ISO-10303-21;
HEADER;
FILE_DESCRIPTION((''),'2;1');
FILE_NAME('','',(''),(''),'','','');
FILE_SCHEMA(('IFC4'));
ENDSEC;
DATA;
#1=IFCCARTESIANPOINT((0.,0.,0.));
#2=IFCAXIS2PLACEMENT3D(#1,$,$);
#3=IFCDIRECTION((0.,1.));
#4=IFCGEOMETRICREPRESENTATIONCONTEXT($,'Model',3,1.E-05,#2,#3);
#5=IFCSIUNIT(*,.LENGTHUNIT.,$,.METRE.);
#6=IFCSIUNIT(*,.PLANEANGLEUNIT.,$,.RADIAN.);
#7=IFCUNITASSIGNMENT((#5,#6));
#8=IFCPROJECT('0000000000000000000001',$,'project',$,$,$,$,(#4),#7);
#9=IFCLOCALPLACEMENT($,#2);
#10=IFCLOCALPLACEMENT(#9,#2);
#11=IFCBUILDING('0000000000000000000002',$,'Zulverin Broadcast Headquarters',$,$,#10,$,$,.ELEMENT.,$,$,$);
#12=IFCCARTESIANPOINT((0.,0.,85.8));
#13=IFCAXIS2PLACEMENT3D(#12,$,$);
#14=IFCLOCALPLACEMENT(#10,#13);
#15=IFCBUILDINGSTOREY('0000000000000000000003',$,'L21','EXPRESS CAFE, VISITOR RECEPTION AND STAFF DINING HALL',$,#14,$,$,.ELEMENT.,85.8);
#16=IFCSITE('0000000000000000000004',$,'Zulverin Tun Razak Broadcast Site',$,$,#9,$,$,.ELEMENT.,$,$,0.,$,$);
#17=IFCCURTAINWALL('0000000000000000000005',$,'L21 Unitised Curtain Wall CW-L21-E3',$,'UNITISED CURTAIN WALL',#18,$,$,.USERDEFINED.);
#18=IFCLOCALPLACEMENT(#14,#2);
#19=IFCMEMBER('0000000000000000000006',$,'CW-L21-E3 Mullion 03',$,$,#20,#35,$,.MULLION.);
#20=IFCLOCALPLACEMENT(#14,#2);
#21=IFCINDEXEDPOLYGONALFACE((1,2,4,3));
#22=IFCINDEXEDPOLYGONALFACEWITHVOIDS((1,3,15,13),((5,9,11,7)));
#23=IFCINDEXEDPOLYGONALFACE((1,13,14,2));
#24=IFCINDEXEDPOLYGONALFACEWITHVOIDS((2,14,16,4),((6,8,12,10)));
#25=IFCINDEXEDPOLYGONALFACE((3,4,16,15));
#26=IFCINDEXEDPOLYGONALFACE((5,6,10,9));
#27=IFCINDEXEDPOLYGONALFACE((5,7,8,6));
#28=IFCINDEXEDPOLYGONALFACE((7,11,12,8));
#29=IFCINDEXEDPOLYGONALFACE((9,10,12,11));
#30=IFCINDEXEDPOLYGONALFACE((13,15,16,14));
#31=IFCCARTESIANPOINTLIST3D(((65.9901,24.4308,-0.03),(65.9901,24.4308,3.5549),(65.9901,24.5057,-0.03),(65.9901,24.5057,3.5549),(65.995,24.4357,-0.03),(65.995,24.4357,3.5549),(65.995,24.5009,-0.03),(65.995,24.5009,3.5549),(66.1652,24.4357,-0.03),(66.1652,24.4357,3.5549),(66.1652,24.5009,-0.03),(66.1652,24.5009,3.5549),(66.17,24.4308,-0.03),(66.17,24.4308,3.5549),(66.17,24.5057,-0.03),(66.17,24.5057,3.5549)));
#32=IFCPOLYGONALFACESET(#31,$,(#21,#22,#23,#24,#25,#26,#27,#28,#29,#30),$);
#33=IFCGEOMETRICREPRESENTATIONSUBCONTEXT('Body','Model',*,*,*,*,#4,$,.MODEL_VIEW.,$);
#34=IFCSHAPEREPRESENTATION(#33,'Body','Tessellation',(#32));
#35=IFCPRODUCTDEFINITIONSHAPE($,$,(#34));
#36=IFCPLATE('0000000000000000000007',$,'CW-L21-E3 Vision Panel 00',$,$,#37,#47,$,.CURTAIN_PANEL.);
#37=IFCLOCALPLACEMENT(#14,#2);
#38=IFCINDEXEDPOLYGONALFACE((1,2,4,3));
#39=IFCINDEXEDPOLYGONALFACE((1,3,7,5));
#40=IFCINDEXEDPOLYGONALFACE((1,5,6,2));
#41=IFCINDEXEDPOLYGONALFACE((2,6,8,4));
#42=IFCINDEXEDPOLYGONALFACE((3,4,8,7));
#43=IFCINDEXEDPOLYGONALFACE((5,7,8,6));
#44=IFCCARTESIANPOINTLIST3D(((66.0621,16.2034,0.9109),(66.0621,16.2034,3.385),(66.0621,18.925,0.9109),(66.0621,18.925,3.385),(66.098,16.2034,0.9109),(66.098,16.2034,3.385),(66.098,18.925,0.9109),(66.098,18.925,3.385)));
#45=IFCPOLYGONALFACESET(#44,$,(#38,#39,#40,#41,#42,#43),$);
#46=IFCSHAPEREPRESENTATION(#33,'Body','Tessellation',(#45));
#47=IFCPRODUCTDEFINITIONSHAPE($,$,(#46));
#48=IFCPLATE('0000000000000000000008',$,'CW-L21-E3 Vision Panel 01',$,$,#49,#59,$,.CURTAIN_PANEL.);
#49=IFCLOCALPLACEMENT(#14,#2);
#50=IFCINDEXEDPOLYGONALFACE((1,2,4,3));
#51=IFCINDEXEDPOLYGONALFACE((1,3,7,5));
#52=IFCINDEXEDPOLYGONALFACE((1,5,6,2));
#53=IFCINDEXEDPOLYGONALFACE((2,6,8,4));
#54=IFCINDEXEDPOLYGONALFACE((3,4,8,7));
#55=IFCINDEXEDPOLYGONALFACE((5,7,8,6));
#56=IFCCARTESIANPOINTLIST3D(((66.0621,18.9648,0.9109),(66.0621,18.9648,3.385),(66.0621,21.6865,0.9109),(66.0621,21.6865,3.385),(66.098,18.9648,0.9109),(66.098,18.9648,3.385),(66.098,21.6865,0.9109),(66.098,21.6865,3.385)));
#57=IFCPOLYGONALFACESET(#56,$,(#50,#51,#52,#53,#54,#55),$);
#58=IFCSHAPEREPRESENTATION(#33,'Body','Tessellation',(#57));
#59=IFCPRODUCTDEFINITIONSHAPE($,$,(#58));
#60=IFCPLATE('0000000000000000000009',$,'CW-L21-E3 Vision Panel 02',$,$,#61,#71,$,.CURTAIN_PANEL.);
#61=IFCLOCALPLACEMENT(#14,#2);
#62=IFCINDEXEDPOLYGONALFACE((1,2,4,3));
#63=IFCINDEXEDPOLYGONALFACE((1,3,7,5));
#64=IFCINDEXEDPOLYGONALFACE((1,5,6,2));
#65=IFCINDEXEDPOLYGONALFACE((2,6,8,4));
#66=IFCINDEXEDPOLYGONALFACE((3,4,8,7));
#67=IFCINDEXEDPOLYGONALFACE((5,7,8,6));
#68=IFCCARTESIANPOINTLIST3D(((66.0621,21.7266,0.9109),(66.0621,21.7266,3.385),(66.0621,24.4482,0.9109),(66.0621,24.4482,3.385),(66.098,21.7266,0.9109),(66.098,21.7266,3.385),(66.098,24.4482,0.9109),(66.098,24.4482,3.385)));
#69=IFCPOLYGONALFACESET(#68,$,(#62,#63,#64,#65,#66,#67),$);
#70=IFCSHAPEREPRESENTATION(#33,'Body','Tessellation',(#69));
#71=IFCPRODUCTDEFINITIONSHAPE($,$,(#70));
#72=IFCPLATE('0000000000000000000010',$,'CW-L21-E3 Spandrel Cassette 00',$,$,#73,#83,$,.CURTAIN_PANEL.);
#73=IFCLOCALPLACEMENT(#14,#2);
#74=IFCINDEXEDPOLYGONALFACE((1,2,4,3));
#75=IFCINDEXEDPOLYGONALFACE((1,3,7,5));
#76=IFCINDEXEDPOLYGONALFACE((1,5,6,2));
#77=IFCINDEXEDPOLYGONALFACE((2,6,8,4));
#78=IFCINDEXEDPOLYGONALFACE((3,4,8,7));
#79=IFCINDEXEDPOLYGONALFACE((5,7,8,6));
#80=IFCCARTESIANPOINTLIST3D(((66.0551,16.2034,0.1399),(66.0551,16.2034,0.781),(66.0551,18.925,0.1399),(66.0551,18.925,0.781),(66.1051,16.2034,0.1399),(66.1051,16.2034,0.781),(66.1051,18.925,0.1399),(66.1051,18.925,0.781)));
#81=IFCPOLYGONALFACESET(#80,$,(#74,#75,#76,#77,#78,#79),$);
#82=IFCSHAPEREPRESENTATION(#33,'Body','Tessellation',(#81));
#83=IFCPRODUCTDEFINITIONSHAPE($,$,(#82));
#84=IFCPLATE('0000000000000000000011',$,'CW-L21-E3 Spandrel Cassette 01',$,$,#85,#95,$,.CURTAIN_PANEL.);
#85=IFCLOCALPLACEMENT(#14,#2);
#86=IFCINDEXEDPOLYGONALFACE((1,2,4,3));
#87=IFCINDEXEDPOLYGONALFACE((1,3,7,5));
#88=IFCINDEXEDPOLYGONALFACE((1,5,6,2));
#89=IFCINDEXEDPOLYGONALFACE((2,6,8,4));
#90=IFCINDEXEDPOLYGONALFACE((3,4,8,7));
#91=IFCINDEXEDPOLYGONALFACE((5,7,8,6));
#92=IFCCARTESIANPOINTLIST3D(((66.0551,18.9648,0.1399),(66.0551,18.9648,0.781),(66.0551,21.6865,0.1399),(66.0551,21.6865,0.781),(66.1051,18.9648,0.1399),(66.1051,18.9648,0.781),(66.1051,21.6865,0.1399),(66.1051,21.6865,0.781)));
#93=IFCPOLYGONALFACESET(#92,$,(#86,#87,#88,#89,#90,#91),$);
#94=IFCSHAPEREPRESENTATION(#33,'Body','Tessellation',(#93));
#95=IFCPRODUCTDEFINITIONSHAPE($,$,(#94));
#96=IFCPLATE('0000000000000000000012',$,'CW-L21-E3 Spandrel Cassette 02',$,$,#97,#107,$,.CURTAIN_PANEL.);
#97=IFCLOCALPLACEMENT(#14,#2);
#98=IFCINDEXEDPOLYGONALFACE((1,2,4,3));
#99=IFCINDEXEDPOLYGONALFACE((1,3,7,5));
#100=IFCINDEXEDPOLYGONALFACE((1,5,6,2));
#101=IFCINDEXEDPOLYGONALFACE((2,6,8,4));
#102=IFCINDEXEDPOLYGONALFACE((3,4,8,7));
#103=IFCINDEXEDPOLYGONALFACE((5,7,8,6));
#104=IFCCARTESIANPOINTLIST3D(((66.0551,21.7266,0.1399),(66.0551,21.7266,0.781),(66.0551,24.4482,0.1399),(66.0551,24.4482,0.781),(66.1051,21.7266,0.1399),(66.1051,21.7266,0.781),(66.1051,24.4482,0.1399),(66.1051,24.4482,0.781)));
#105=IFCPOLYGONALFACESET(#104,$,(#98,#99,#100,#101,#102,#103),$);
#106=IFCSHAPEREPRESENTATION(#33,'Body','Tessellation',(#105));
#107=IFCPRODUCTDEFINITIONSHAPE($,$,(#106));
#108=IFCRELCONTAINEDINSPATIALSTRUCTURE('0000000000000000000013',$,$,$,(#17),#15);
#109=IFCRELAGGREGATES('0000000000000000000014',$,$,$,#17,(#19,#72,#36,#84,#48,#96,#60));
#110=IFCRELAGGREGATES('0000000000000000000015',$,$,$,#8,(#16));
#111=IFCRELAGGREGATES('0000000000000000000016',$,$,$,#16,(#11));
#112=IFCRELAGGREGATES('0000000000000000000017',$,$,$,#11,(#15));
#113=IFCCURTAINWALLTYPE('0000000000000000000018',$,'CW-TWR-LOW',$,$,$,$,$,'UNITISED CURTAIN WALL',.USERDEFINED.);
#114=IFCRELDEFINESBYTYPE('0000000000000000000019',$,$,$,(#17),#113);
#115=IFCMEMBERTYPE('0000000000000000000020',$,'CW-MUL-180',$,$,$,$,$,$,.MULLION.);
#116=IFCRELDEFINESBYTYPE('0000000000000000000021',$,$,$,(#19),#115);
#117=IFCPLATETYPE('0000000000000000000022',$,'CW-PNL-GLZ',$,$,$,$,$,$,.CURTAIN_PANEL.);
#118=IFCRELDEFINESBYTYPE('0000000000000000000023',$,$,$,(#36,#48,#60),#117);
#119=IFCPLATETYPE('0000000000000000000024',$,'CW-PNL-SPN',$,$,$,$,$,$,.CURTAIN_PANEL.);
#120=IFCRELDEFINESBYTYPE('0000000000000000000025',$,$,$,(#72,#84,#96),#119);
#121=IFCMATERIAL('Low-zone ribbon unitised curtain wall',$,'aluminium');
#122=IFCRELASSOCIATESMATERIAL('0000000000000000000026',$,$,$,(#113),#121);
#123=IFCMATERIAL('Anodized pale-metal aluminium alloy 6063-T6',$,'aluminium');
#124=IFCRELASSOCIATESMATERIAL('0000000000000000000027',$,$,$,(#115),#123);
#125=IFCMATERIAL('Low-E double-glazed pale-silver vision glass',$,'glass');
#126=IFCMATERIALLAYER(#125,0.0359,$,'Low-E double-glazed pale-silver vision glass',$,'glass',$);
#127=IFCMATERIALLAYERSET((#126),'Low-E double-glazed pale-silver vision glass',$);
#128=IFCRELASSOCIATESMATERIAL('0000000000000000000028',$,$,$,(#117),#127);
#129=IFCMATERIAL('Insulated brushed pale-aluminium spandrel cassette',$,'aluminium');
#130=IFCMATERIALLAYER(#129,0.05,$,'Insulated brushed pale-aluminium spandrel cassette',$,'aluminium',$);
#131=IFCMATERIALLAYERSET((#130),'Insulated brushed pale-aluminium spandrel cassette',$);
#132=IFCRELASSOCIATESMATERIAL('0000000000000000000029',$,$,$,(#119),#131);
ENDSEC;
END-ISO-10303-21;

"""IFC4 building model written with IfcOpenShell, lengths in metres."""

from ifc_helpers import new_model, si_unit, direction, frame, origin, origin_2d, place, context, subcontext, project, spatial, rectangle, hollow_rectangle, extrude, material, layer, layer_set, material_profile, profile_set, type_object, element, aggregate, save


model = new_model("IFC4")

# Units and contexts
model_context = context("Model", 3, precision=1e-05, world=origin(), true_north=direction((0.0, 1.0)))
body_context = subcontext(model_context, "Body", "Model", "MODEL_VIEW")
ifc_project = project(units=[si_unit("LENGTHUNIT", "METRE"), si_unit("PLANEANGLEUNIT", "RADIAN")], contexts=[model_context])

# Site, building, storey
site_placement = place(None, origin())
site = spatial("IfcSite", under=ifc_project, at=site_placement, Name="Zulverin Tun Razak Broadcast Site", CompositionType="ELEMENT", RefElevation=0.0)
building_placement = place(site_placement, origin())
building = spatial("IfcBuilding", under=site, at=building_placement, Name="Zulverin Broadcast Headquarters", CompositionType="ELEMENT")
storey_placement = place(building_placement, frame((0.0, 0.0, 85.8)))
storey = spatial("IfcBuildingStorey", under=building, at=storey_placement, Name="L21", Description="EXPRESS CAFE, VISITOR RECEPTION AND STAFF DINING HALL", CompositionType="ELEMENT", Elevation=85.8)

# Curtain wall, member, plates
ifc_material_1 = material(Name="Low-zone ribbon unitised curtain wall", Category="aluminium")
curtain_wall_type = type_object("IfcCurtainWallType", Name="CW-TWR-LOW", ElementType="UNITISED CURTAIN WALL", PredefinedType="USERDEFINED", material=ifc_material_1)
curtain_wall_placement = place(storey_placement, origin())
curtain_wall = element("IfcCurtainWall", 1, at=curtain_wall_placement, inside=storey, type_object=curtain_wall_type, Name="L21 Unitised Curtain Wall CW-L21-E3", ObjectType="UNITISED CURTAIN WALL", PredefinedType="USERDEFINED")
ifc_material_2 = material(Name="Anodized pale-metal aluminium alloy 6063-T6", Category="aluminium")
ifc_material_profile_1 = material_profile(ifc_material_2, hollow_rectangle(XDim=0.075, YDim=0.1799, WallThickness=0.0049, at=origin_2d()), Name="Anodized pale-metal aluminium alloy 6063-T6", Category="aluminium")
ifc_profile_set_1 = profile_set([ifc_material_profile_1], Name="Anodized pale-metal aluminium alloy 6063-T6")
member_type = type_object("IfcMemberType", Name="CW-MUL-180", PredefinedType="MULLION", material=ifc_profile_set_1)
member_1_placement = place(storey_placement, frame((66.0801, 24.4683, -0.03), z_axis=(0.0, 0.0, 1.0), x_axis=(0.0, 1.0, 0.0)))
member_1 = element("IfcMember", 2, at=member_1_placement, type_object=member_type, Name="CW-L21-E3 Mullion 03", PredefinedType="MULLION", context=body_context, shape_type="SweptSolid", body=[
    extrude(hollow_rectangle(XDim=0.075, YDim=0.1799, WallThickness=0.0049, at=origin_2d()), origin(), (0.0, 0.0, 1.0), 3.585),
])
ifc_material_3 = material(Name="Low-E double-glazed pale-silver vision glass", Category="glass")
ifc_layer_1 = layer(ifc_material_3, 0.0359, Name="Low-E double-glazed pale-silver vision glass", Category="glass")
ifc_layer_set_1 = layer_set([ifc_layer_1], Name="Low-E double-glazed pale-silver vision glass")
plate_type_1 = type_object("IfcPlateType", Name="CW-PNL-GLZ", PredefinedType="CURTAIN_PANEL", material=ifc_layer_set_1)
plate_1_placement = place(storey_placement, frame((66.0801, 17.5642, 0.9109), z_axis=(0.0, 0.0, 1.0), x_axis=(0.0, 1.0, 0.0)))
plate_1 = element("IfcPlate", 3, at=plate_1_placement, type_object=plate_type_1, Name="CW-L21-E3 Vision Panel 00", PredefinedType="CURTAIN_PANEL", context=body_context, shape_type="SweptSolid", body=[
    extrude(rectangle(XDim=2.7217, YDim=0.0359, at=origin_2d()), origin(), (0.0, 0.0, 1.0), 2.4741),
])
plate_2_placement = place(storey_placement, frame((66.0801, 20.3257, 0.9109), z_axis=(0.0, 0.0, 1.0), x_axis=(0.0, 1.0, 0.0)))
plate_2 = element("IfcPlate", 4, at=plate_2_placement, type_object=plate_type_1, Name="CW-L21-E3 Vision Panel 01", PredefinedType="CURTAIN_PANEL", context=body_context, shape_type="SweptSolid", body=[
    extrude(rectangle(XDim=2.7217, YDim=0.0359, at=origin_2d()), origin(), (0.0, 0.0, 1.0), 2.4741),
])
plate_3_placement = place(storey_placement, frame((66.0801, 23.0874, 0.9109), z_axis=(0.0, 0.0, 1.0), x_axis=(0.0, 1.0, 0.0)))
plate_3 = element("IfcPlate", 5, at=plate_3_placement, type_object=plate_type_1, Name="CW-L21-E3 Vision Panel 02", PredefinedType="CURTAIN_PANEL", context=body_context, shape_type="SweptSolid", body=[
    extrude(rectangle(XDim=2.7217, YDim=0.0359, at=origin_2d()), origin(), (0.0, 0.0, 1.0), 2.4741),
])
ifc_material_4 = material(Name="Insulated brushed pale-aluminium spandrel cassette", Category="aluminium")
ifc_layer_2 = layer(ifc_material_4, 0.05, Name="Insulated brushed pale-aluminium spandrel cassette", Category="aluminium")
ifc_layer_set_2 = layer_set([ifc_layer_2], Name="Insulated brushed pale-aluminium spandrel cassette")
plate_type_2 = type_object("IfcPlateType", Name="CW-PNL-SPN", PredefinedType="CURTAIN_PANEL", material=ifc_layer_set_2)
plate_4_placement = place(storey_placement, frame((66.0801, 17.5642, 0.1399), z_axis=(0.0, 0.0, 1.0), x_axis=(0.0, 1.0, 0.0)))
plate_4 = element("IfcPlate", 6, at=plate_4_placement, type_object=plate_type_2, Name="CW-L21-E3 Spandrel Cassette 00", PredefinedType="CURTAIN_PANEL", context=body_context, shape_type="SweptSolid", body=[
    extrude(rectangle(XDim=2.7217, YDim=0.05, at=origin_2d()), origin(), (0.0, 0.0, 1.0), 0.6411),
])
plate_5_placement = place(storey_placement, frame((66.0801, 20.3257, 0.1399), z_axis=(0.0, 0.0, 1.0), x_axis=(0.0, 1.0, 0.0)))
plate_5 = element("IfcPlate", 7, at=plate_5_placement, type_object=plate_type_2, Name="CW-L21-E3 Spandrel Cassette 01", PredefinedType="CURTAIN_PANEL", context=body_context, shape_type="SweptSolid", body=[
    extrude(rectangle(XDim=2.7217, YDim=0.05, at=origin_2d()), origin(), (0.0, 0.0, 1.0), 0.6411),
])
plate_6_placement = place(storey_placement, frame((66.0801, 23.0874, 0.1399), z_axis=(0.0, 0.0, 1.0), x_axis=(0.0, 1.0, 0.0)))
plate_6 = element("IfcPlate", 8, at=plate_6_placement, type_object=plate_type_2, Name="CW-L21-E3 Spandrel Cassette 02", PredefinedType="CURTAIN_PANEL", context=body_context, shape_type="SweptSolid", body=[
    extrude(rectangle(XDim=2.7217, YDim=0.05, at=origin_2d()), origin(), (0.0, 0.0, 1.0), 0.6411),
])
aggregate(curtain_wall, [member_1, plate_4, plate_1, plate_5, plate_2, plate_6, plate_3])

save(model, "model.ifc")
